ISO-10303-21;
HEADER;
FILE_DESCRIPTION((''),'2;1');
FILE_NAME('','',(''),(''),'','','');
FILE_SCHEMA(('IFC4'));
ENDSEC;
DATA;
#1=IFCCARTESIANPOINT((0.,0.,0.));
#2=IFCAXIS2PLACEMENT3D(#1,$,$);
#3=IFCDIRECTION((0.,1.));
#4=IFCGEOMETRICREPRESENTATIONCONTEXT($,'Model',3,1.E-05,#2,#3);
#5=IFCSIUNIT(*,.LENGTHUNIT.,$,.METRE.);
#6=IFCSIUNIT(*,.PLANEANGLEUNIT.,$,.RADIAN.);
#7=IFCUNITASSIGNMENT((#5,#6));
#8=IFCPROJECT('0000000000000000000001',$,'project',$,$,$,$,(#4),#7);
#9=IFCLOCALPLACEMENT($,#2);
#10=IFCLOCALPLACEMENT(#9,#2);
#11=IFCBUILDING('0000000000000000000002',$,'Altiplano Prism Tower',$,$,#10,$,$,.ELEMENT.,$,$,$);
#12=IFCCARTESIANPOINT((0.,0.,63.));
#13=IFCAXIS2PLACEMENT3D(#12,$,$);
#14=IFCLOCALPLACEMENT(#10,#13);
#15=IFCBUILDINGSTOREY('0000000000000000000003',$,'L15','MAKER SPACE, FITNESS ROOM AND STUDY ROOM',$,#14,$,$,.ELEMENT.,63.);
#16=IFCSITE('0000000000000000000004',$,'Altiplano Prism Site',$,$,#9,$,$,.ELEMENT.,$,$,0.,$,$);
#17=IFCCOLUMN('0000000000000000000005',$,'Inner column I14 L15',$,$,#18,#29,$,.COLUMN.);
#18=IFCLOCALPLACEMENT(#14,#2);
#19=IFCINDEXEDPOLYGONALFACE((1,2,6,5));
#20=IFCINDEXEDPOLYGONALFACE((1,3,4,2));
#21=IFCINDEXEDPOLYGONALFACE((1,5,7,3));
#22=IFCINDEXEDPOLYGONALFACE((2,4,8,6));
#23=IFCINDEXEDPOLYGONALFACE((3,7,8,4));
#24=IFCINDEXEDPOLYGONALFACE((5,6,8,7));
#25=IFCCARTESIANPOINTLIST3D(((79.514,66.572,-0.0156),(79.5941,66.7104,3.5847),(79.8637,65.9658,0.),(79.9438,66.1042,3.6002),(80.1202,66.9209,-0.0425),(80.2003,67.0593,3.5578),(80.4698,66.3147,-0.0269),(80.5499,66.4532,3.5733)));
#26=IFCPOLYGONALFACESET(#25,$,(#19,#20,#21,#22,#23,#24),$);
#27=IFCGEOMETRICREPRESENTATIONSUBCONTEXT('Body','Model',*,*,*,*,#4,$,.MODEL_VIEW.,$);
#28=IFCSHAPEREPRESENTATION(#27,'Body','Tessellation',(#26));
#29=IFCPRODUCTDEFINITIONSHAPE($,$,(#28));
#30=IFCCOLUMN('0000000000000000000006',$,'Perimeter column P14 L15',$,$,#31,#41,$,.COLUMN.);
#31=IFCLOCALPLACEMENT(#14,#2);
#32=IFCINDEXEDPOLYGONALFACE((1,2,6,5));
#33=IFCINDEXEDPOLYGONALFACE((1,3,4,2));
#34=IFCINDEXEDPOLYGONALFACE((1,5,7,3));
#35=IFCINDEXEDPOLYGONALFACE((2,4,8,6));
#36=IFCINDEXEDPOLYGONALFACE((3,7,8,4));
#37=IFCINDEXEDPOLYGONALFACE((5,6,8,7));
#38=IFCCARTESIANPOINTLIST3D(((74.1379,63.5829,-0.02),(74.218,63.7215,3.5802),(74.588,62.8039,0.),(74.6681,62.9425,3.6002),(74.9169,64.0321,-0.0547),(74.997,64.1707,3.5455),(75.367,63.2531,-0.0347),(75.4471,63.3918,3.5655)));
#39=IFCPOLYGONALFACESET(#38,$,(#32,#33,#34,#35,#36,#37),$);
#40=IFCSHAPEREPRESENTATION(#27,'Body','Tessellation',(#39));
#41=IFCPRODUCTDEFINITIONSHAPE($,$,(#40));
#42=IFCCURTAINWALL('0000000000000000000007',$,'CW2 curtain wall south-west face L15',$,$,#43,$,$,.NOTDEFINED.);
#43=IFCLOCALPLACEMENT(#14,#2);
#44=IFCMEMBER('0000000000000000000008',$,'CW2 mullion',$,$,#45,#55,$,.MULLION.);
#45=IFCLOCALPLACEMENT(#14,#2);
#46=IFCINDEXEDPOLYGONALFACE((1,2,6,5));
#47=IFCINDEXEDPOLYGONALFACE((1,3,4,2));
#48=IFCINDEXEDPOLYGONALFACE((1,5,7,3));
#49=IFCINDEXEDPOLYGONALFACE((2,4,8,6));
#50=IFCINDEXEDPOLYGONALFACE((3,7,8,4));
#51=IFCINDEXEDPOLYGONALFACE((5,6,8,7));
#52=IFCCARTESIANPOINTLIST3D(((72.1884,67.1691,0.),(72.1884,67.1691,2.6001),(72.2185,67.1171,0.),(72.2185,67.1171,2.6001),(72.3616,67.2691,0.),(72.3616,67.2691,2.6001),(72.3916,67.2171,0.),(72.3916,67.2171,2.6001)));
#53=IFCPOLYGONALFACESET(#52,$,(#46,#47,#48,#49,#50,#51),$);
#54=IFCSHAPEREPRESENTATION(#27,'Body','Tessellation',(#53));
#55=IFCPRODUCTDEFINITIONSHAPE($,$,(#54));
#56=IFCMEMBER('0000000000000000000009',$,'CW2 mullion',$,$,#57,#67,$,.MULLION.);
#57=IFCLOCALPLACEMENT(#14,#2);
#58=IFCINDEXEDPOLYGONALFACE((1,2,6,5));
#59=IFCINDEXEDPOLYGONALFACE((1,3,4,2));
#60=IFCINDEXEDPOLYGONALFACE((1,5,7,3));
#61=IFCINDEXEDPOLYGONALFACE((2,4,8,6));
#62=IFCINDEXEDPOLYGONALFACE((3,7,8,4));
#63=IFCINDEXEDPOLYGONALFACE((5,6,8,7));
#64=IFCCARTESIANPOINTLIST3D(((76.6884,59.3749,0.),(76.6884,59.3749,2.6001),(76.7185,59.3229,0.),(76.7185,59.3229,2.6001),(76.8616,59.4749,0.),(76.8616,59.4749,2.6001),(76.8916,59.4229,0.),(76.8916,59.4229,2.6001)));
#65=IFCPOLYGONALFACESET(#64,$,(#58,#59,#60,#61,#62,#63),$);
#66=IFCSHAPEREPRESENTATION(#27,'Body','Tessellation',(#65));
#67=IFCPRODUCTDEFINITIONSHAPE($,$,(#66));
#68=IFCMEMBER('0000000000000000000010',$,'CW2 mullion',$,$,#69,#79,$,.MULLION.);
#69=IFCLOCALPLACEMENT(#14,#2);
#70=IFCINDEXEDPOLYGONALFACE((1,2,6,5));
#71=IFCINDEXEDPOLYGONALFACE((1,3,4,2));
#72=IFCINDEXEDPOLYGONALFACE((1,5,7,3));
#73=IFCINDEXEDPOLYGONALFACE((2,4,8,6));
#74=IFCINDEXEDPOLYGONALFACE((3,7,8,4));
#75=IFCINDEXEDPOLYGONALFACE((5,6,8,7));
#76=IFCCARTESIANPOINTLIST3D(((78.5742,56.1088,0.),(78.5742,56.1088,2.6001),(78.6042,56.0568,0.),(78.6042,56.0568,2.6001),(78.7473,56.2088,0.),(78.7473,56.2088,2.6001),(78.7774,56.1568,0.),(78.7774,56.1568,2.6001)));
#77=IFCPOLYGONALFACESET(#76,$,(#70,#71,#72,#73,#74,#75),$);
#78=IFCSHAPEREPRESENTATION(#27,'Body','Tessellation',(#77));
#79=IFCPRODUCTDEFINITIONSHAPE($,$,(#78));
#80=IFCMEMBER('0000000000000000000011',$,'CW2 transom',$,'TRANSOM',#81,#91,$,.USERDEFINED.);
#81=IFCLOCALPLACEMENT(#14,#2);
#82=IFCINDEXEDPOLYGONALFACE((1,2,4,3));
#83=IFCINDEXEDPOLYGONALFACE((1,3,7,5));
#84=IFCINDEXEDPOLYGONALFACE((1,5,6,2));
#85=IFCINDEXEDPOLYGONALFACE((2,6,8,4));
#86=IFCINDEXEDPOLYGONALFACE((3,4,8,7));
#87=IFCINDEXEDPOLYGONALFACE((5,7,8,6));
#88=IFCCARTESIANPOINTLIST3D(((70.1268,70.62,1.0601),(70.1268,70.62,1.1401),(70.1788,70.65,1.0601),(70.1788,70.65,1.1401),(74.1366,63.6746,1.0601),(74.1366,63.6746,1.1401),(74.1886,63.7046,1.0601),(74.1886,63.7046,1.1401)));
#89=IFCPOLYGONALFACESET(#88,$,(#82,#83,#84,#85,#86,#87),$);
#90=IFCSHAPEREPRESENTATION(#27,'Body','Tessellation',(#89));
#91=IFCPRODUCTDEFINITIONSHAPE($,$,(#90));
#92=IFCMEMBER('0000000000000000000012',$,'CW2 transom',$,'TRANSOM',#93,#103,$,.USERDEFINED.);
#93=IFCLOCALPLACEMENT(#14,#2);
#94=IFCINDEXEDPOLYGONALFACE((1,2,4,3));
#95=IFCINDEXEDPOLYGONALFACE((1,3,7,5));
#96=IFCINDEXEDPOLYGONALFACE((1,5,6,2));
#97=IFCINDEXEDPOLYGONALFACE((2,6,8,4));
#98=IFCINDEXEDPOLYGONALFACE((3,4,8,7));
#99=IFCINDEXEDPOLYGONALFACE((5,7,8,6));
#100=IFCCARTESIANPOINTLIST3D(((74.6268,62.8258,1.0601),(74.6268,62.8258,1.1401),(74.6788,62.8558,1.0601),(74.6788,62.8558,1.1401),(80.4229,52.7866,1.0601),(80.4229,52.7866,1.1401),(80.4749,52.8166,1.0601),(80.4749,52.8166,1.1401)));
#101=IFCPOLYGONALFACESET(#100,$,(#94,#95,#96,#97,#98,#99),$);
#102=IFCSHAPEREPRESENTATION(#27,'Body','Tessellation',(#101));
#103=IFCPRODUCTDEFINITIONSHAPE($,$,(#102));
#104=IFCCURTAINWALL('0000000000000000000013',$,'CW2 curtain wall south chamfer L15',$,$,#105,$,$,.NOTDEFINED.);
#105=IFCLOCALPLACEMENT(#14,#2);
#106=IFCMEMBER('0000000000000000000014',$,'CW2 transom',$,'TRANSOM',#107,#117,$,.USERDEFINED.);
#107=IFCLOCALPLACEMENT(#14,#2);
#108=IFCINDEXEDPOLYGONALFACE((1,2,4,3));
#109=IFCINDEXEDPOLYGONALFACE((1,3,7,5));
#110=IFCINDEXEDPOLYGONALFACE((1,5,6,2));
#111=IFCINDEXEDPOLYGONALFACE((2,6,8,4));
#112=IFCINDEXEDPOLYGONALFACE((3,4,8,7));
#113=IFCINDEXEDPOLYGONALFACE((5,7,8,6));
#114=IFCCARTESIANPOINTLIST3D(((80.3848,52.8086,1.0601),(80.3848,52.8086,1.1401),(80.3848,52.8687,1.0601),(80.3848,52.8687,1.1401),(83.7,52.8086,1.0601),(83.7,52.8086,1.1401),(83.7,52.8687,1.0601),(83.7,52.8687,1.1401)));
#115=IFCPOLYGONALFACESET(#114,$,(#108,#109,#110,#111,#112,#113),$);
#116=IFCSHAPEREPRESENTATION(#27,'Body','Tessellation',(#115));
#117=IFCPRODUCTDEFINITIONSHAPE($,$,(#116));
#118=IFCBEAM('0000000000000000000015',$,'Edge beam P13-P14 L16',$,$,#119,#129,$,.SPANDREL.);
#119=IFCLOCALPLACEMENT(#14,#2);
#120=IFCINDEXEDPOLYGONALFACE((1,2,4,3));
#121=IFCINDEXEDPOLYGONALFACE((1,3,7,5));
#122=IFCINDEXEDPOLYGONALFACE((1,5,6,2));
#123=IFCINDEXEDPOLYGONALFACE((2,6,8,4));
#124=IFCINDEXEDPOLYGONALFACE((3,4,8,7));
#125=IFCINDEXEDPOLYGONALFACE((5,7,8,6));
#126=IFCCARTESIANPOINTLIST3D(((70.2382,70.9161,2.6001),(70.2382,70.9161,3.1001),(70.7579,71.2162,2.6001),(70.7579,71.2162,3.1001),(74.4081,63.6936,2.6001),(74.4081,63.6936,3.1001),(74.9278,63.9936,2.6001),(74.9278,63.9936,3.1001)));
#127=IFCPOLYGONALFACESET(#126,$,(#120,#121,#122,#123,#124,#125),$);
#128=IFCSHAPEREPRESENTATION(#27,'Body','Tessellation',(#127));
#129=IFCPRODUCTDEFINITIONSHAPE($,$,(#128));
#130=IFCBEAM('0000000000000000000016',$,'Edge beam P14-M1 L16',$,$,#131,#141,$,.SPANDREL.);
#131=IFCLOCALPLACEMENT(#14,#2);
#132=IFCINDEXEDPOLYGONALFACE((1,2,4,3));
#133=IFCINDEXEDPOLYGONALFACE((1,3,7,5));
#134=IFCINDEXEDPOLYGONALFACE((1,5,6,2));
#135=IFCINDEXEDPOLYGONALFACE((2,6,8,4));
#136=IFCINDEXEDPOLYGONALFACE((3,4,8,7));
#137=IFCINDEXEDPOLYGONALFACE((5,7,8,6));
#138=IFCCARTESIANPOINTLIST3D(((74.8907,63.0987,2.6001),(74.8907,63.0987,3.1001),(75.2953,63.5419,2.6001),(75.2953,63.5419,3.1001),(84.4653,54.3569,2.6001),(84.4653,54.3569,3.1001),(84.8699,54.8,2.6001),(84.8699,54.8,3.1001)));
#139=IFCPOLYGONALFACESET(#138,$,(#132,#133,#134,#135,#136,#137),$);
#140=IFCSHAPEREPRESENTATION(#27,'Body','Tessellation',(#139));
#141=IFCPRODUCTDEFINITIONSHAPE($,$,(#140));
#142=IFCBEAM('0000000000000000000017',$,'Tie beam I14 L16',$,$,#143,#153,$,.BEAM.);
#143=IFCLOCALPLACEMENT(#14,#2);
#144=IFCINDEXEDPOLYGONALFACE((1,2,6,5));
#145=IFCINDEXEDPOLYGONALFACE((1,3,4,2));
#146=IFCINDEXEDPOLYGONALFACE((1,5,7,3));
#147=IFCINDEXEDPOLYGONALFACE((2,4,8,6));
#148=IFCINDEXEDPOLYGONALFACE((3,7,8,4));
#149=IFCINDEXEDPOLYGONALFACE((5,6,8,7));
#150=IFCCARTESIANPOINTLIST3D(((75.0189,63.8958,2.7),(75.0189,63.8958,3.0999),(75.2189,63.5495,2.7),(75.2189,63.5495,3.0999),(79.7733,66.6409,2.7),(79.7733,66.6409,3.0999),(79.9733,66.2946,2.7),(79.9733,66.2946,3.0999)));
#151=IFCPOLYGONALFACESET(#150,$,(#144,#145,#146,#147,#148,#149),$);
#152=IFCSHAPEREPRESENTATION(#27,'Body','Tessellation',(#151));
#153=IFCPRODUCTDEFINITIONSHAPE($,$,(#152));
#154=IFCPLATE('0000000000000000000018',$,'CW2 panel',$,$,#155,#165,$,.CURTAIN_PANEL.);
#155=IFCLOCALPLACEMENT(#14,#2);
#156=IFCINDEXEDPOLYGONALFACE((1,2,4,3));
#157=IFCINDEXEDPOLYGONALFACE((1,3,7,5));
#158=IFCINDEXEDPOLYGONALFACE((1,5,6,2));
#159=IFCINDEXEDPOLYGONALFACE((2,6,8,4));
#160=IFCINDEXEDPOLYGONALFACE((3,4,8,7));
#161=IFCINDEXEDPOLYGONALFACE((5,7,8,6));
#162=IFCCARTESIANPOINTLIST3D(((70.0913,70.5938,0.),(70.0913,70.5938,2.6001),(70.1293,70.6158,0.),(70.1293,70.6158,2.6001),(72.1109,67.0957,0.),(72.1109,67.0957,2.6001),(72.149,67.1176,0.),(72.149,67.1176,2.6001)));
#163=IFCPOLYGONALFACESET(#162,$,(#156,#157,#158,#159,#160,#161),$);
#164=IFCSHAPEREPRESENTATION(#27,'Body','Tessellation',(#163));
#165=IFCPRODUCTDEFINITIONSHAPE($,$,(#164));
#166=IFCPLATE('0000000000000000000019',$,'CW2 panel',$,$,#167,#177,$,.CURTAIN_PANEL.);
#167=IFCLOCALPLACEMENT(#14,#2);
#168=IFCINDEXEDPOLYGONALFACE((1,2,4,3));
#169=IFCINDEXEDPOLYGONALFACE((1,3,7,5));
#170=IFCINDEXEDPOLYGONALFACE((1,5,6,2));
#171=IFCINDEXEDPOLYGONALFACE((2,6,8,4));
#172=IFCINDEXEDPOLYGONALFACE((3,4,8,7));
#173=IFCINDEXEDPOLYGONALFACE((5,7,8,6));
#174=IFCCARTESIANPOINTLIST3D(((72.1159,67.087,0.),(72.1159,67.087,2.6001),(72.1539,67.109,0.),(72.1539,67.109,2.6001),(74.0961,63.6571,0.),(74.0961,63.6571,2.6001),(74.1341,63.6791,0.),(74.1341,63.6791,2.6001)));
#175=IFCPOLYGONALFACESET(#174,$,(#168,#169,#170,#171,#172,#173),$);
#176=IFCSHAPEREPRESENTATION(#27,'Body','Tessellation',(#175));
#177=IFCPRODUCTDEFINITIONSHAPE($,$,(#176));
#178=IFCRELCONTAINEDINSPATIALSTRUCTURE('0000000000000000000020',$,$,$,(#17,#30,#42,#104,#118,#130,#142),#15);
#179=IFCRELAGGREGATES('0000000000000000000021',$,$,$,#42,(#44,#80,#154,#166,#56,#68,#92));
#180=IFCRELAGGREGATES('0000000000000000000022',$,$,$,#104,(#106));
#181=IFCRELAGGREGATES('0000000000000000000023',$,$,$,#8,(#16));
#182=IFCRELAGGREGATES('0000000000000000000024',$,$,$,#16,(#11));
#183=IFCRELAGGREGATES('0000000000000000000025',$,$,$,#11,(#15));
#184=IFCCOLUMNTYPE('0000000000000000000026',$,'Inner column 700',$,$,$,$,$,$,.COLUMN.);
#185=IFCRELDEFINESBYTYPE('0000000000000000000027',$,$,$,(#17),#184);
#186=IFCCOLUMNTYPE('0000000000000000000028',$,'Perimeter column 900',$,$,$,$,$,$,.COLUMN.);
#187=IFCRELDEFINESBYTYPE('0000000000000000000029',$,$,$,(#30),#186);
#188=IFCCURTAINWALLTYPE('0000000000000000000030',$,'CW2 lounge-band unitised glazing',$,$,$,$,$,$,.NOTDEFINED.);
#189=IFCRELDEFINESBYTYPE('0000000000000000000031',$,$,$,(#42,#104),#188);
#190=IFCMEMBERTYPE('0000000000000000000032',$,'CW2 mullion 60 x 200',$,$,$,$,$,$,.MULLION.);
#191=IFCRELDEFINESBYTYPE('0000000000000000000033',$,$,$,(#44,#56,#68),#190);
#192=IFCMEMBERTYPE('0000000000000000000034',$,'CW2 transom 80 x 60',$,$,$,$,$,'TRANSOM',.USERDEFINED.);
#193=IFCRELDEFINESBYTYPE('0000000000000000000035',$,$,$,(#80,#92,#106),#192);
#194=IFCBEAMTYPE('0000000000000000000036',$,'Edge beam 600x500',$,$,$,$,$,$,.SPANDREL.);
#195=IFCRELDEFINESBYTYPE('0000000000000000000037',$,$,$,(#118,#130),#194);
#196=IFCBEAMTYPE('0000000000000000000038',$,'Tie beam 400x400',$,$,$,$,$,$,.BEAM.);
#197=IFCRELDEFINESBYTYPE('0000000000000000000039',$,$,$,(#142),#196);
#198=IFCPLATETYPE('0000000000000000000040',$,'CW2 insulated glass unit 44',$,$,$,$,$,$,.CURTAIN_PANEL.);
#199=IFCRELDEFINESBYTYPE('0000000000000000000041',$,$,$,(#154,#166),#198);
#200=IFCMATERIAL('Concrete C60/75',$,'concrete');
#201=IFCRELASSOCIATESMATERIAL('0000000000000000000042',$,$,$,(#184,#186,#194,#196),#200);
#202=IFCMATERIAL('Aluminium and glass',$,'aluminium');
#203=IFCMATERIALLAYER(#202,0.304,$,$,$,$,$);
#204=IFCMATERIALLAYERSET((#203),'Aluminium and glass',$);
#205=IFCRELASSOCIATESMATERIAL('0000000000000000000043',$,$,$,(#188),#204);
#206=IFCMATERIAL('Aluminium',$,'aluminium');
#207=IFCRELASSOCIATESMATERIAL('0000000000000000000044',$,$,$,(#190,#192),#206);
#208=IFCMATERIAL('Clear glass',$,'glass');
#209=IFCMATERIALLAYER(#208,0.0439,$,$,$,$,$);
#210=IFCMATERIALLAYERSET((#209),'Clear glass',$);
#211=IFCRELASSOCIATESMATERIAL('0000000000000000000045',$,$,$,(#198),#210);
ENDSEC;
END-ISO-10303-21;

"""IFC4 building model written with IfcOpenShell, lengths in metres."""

from ifc_helpers import new_model, si_unit, direction, frame, origin, origin_2d, place, context, subcontext, project, spatial, rectangle, extrude, material, layer, layer_set, material_profile, profile_set, type_object, element, aggregate, save


model = new_model("IFC4")

# Units and contexts
model_context = context("Model", 3, precision=1e-05, world=origin(), true_north=direction((0.0, 1.0)))
body_context = subcontext(model_context, "Body", "Model", "MODEL_VIEW")
ifc_project = project(units=[si_unit("LENGTHUNIT", "METRE"), si_unit("PLANEANGLEUNIT", "RADIAN")], contexts=[model_context])

# Site, building, storey
site_placement = place(None, origin())
site = spatial("IfcSite", under=ifc_project, at=site_placement, Name="Altiplano Prism Site", CompositionType="ELEMENT", RefElevation=0.0)
building_placement = place(site_placement, origin())
building = spatial("IfcBuilding", under=site, at=building_placement, Name="Altiplano Prism Tower", CompositionType="ELEMENT")
storey_placement = place(building_placement, frame((0.0, 0.0, 63.0)))
storey = spatial("IfcBuildingStorey", under=building, at=storey_placement, Name="L15", Description="MAKER SPACE, FITNESS ROOM AND STUDY ROOM", CompositionType="ELEMENT", Elevation=63.0)

# Columns
ifc_material_1 = material(Name="Concrete C60/75", Category="concrete")
ifc_material_profile_1 = material_profile(ifc_material_1, rectangle(XDim=0.7, YDim=0.7, at=origin_2d()), Name="Inner column 700")
ifc_profile_set_1 = profile_set([ifc_material_profile_1], Name="Concrete C60/75")
column_type_1 = type_object("IfcColumnType", Name="Inner column 700", PredefinedType="COLUMN", material=ifc_profile_set_1)
column_1_placement = place(storey_placement, frame((79.9919, 66.4434, -0.0212), z_axis=(0.022221, 0.038413, 0.999015), x_axis=(-0.866024, -0.498523, 0.038432)))
element("IfcColumn", 1, at=column_1_placement, inside=storey, type_object=column_type_1, Name="Inner column I14 L15", PredefinedType="COLUMN", context=body_context, shape_type="SweptSolid", body=[
    extrude(rectangle(XDim=0.7, YDim=0.7, at=origin_2d()), origin(), (0.0, 0.0, 1.0), 3.6038),
])
ifc_material_profile_2 = material_profile(ifc_material_1, rectangle(XDim=0.8999, YDim=0.8999, at=origin_2d()), Name="Perimeter column 900")
ifc_profile_set_2 = profile_set([ifc_material_profile_2], Name="Concrete C60/75")
column_type_2 = type_object("IfcColumnType", Name="Perimeter column 900", PredefinedType="COLUMN", material=ifc_profile_set_2)
column_2_placement = place(storey_placement, frame((74.7524, 63.418, -0.0273), z_axis=(0.022221, 0.038481, 0.999012), x_axis=(-0.865642, -0.499182, 0.038483)))
element("IfcColumn", 2, at=column_2_placement, inside=storey, type_object=column_type_2, Name="Perimeter column P14 L15", PredefinedType="COLUMN", context=body_context, shape_type="SweptSolid", body=[
    extrude(rectangle(XDim=0.8999, YDim=0.8999, at=origin_2d()), origin(), (0.0, 0.0, 1.0), 3.6038),
])

# Curtain wall, members
ifc_material_2 = material(Name="Aluminium and glass", Category="aluminium")
ifc_layer_1 = layer(ifc_material_2, 0.304)
ifc_layer_set_1 = layer_set([ifc_layer_1], Name="Aluminium and glass")
curtain_wall_type = type_object("IfcCurtainWallType", Name="CW2 lounge-band unitised glazing", PredefinedType="NOTDEFINED", material=ifc_layer_set_1)
curtain_wall_1_placement = place(storey_placement, origin())
curtain_wall_1 = element("IfcCurtainWall", 3, at=curtain_wall_1_placement, inside=storey, type_object=curtain_wall_type, Name="CW2 curtain wall south-west face L15", PredefinedType="NOTDEFINED")
ifc_material_3 = material(Name="Aluminium", Category="aluminium")
ifc_material_profile_3 = material_profile(ifc_material_3, rectangle(XDim=0.2, YDim=0.0601, at=origin_2d()), Name="CW2 mullion 60 x 200")
ifc_profile_set_3 = profile_set([ifc_material_profile_3], Name="Aluminium")
member_type_1 = type_object("IfcMemberType", Name="CW2 mullion 60 x 200", PredefinedType="MULLION", material=ifc_profile_set_3)
member_1_placement = place(storey_placement, frame((72.29, 67.1931, 0.0), z_axis=(0.0, 0.0, 1.0), x_axis=(0.866025, 0.5, 0.0)))
member_1 = element("IfcMember", 4, at=member_1_placement, type_object=member_type_1, Name="CW2 mullion", PredefinedType="MULLION", context=body_context, shape_type="SweptSolid", body=[
    extrude(rectangle(XDim=0.2, YDim=0.0601, at=origin_2d()), origin(), (0.0, 0.0, 1.0), 2.6001),
])
member_2_placement = place(storey_placement, frame((76.79, 59.3989, 0.0), z_axis=(0.0, 0.0, 1.0), x_axis=(0.866025, 0.5, 0.0)))
member_2 = element("IfcMember", 5, at=member_2_placement, type_object=member_type_1, Name="CW2 mullion", PredefinedType="MULLION", context=body_context, shape_type="SweptSolid", body=[
    extrude(rectangle(XDim=0.2, YDim=0.0601, at=origin_2d()), origin(), (0.0, 0.0, 1.0), 2.6001),
])
member_3_placement = place(storey_placement, frame((78.6758, 56.1328, 0.0), z_axis=(0.0, 0.0, 1.0), x_axis=(0.866025, 0.5, 0.0)))
member_3 = element("IfcMember", 6, at=member_3_placement, type_object=member_type_1, Name="CW2 mullion", PredefinedType="MULLION", context=body_context, shape_type="SweptSolid", body=[
    extrude(rectangle(XDim=0.2, YDim=0.0601, at=origin_2d()), origin(), (0.0, 0.0, 1.0), 2.6001),
])
ifc_material_profile_4 = material_profile(ifc_material_3, rectangle(XDim=0.0601, YDim=0.0801, at=origin_2d()), Name="CW2 transom 80 x 60")
ifc_profile_set_4 = profile_set([ifc_material_profile_4], Name="Aluminium")
member_type_2 = type_object("IfcMemberType", Name="CW2 transom 80 x 60", ElementType="TRANSOM", PredefinedType="USERDEFINED", material=ifc_profile_set_4)
member_4_placement = place(storey_placement, frame((70.1528, 70.635, 1.1001), z_axis=(0.499989, -0.866031, 0.0), x_axis=(0.866031, 0.499989, 0.0)))
member_4 = element("IfcMember", 7, at=member_4_placement, type_object=member_type_2, Name="CW2 transom", ObjectType="TRANSOM", PredefinedType="USERDEFINED", context=body_context, shape_type="SweptSolid", body=[
    extrude(rectangle(XDim=0.0601, YDim=0.0801, at=origin_2d()), origin(), (0.0, 0.0, 1.0), 8.0198),
])
member_5_placement = place(storey_placement, frame((74.6528, 62.8408, 1.1001), z_axis=(0.499997, -0.866027, 0.0), x_axis=(0.866027, 0.499997, 0.0)))
member_5 = element("IfcMember", 8, at=member_5_placement, type_object=member_type_2, Name="CW2 transom", ObjectType="TRANSOM", PredefinedType="USERDEFINED", context=body_context, shape_type="SweptSolid", body=[
    extrude(rectangle(XDim=0.0601, YDim=0.0801, at=origin_2d()), origin(), (0.0, 0.0, 1.0), 11.5923),
])

# Curtain wall, member
curtain_wall_2_placement = place(storey_placement, origin())
curtain_wall_2 = element("IfcCurtainWall", 9, at=curtain_wall_2_placement, inside=storey, type_object=curtain_wall_type, Name="CW2 curtain wall south chamfer L15", PredefinedType="NOTDEFINED")
member_6_placement = place(storey_placement, frame((80.3848, 52.8386, 1.1001), z_axis=(1.0, 0.0, 0.0), x_axis=(0.0, 1.0, 0.0)))
member_6 = element("IfcMember", 10, at=member_6_placement, type_object=member_type_2, Name="CW2 transom", ObjectType="TRANSOM", PredefinedType="USERDEFINED", context=body_context, shape_type="SweptSolid", body=[
    extrude(rectangle(XDim=0.0601, YDim=0.0801, at=origin_2d()), origin(), (0.0, 0.0, 1.0), 3.3152),
])

# Beams
ifc_material_profile_5 = material_profile(ifc_material_1, rectangle(XDim=0.6001, YDim=0.5, at=origin_2d()), Name="Edge beam 600x500")
ifc_profile_set_5 = profile_set([ifc_material_profile_5], Name="Concrete C60/75")
beam_type_1 = type_object("IfcBeamType", Name="Edge beam 600x500", PredefinedType="SPANDREL", material=ifc_profile_set_5)
beam_1_placement = place(storey_placement, frame((70.498, 71.0662, 2.8501), z_axis=(0.499993, -0.86603, 0.0), x_axis=(0.86603, 0.499993, 0.0)))
element("IfcBeam", 11, at=beam_1_placement, inside=storey, type_object=beam_type_1, Name="Edge beam P13-P14 L16", PredefinedType="SPANDREL", context=body_context, shape_type="SweptSolid", body=[
    extrude(rectangle(XDim=0.6001, YDim=0.5, at=origin_2d()), origin(), (0.0, 0.0, 1.0), 8.3398),
])
beam_2_placement = place(storey_placement, frame((75.093, 63.3203, 2.8501), z_axis=(0.738492, -0.674262, 0.0), x_axis=(0.674262, 0.738492, 0.0)))
element("IfcBeam", 12, at=beam_2_placement, inside=storey, type_object=beam_type_1, Name="Edge beam P14-M1 L16", PredefinedType="SPANDREL", context=body_context, shape_type="SweptSolid", body=[
    extrude(rectangle(XDim=0.6001, YDim=0.5, at=origin_2d()), origin(), (0.0, 0.0, 1.0), 12.9651),
])
ifc_material_profile_6 = material_profile(ifc_material_1, rectangle(XDim=0.3999, YDim=0.3999, at=origin_2d()), Name="Tie beam 400x400")
ifc_profile_set_6 = profile_set([ifc_material_profile_6], Name="Concrete C60/75")
beam_type_2 = type_object("IfcBeamType", Name="Tie beam 400x400", PredefinedType="BEAM", material=ifc_profile_set_6)
beam_3_placement = place(storey_placement, frame((79.8733, 66.4678, 2.8999), z_axis=(-0.866012, -0.500023, 0.0), x_axis=(0.500023, -0.866012, 0.0)))
element("IfcBeam", 13, at=beam_3_placement, inside=storey, type_object=beam_type_2, Name="Tie beam I14 L16", PredefinedType="BEAM", context=body_context, shape_type="SweptSolid", body=[
    extrude(rectangle(XDim=0.3999, YDim=0.3999, at=origin_2d()), origin(), (0.0, 0.0, 1.0), 5.49),
])

# Plates
ifc_material_4 = material(Name="Clear glass", Category="glass")
ifc_layer_2 = layer(ifc_material_4, 0.0439)
ifc_layer_set_2 = layer_set([ifc_layer_2], Name="Clear glass")
plate_type = type_object("IfcPlateType", Name="CW2 insulated glass unit 44", PredefinedType="CURTAIN_PANEL", material=ifc_layer_set_2)
plate_1_placement = place(storey_placement, frame((71.1201, 68.8557, 0.0), z_axis=(0.0, 0.0, 1.0), x_axis=(0.5, -0.866025, 0.0)))
plate_1 = element("IfcPlate", 14, at=plate_1_placement, type_object=plate_type, Name="CW2 panel", PredefinedType="CURTAIN_PANEL", context=body_context, shape_type="SweptSolid", body=[
    extrude(rectangle(XDim=4.0393, YDim=0.0439, at=origin_2d()), origin(), (0.0, 0.0, 1.0), 2.6001),
])
plate_2_placement = place(storey_placement, frame((73.125, 65.3831, 0.0), z_axis=(0.0, 0.0, 1.0), x_axis=(0.5, -0.866025, 0.0)))
plate_2 = element("IfcPlate", 15, at=plate_2_placement, type_object=plate_type, Name="CW2 panel", PredefinedType="CURTAIN_PANEL", context=body_context, shape_type="SweptSolid", body=[
    extrude(rectangle(XDim=3.9604, YDim=0.0439, at=origin_2d()), origin(), (0.0, 0.0, 1.0), 2.6001),
])
aggregate(curtain_wall_1, [member_1, member_4, plate_1, plate_2, member_2, member_3, member_5])
aggregate(curtain_wall_2, [member_6])

save(model, "model.ifc")
